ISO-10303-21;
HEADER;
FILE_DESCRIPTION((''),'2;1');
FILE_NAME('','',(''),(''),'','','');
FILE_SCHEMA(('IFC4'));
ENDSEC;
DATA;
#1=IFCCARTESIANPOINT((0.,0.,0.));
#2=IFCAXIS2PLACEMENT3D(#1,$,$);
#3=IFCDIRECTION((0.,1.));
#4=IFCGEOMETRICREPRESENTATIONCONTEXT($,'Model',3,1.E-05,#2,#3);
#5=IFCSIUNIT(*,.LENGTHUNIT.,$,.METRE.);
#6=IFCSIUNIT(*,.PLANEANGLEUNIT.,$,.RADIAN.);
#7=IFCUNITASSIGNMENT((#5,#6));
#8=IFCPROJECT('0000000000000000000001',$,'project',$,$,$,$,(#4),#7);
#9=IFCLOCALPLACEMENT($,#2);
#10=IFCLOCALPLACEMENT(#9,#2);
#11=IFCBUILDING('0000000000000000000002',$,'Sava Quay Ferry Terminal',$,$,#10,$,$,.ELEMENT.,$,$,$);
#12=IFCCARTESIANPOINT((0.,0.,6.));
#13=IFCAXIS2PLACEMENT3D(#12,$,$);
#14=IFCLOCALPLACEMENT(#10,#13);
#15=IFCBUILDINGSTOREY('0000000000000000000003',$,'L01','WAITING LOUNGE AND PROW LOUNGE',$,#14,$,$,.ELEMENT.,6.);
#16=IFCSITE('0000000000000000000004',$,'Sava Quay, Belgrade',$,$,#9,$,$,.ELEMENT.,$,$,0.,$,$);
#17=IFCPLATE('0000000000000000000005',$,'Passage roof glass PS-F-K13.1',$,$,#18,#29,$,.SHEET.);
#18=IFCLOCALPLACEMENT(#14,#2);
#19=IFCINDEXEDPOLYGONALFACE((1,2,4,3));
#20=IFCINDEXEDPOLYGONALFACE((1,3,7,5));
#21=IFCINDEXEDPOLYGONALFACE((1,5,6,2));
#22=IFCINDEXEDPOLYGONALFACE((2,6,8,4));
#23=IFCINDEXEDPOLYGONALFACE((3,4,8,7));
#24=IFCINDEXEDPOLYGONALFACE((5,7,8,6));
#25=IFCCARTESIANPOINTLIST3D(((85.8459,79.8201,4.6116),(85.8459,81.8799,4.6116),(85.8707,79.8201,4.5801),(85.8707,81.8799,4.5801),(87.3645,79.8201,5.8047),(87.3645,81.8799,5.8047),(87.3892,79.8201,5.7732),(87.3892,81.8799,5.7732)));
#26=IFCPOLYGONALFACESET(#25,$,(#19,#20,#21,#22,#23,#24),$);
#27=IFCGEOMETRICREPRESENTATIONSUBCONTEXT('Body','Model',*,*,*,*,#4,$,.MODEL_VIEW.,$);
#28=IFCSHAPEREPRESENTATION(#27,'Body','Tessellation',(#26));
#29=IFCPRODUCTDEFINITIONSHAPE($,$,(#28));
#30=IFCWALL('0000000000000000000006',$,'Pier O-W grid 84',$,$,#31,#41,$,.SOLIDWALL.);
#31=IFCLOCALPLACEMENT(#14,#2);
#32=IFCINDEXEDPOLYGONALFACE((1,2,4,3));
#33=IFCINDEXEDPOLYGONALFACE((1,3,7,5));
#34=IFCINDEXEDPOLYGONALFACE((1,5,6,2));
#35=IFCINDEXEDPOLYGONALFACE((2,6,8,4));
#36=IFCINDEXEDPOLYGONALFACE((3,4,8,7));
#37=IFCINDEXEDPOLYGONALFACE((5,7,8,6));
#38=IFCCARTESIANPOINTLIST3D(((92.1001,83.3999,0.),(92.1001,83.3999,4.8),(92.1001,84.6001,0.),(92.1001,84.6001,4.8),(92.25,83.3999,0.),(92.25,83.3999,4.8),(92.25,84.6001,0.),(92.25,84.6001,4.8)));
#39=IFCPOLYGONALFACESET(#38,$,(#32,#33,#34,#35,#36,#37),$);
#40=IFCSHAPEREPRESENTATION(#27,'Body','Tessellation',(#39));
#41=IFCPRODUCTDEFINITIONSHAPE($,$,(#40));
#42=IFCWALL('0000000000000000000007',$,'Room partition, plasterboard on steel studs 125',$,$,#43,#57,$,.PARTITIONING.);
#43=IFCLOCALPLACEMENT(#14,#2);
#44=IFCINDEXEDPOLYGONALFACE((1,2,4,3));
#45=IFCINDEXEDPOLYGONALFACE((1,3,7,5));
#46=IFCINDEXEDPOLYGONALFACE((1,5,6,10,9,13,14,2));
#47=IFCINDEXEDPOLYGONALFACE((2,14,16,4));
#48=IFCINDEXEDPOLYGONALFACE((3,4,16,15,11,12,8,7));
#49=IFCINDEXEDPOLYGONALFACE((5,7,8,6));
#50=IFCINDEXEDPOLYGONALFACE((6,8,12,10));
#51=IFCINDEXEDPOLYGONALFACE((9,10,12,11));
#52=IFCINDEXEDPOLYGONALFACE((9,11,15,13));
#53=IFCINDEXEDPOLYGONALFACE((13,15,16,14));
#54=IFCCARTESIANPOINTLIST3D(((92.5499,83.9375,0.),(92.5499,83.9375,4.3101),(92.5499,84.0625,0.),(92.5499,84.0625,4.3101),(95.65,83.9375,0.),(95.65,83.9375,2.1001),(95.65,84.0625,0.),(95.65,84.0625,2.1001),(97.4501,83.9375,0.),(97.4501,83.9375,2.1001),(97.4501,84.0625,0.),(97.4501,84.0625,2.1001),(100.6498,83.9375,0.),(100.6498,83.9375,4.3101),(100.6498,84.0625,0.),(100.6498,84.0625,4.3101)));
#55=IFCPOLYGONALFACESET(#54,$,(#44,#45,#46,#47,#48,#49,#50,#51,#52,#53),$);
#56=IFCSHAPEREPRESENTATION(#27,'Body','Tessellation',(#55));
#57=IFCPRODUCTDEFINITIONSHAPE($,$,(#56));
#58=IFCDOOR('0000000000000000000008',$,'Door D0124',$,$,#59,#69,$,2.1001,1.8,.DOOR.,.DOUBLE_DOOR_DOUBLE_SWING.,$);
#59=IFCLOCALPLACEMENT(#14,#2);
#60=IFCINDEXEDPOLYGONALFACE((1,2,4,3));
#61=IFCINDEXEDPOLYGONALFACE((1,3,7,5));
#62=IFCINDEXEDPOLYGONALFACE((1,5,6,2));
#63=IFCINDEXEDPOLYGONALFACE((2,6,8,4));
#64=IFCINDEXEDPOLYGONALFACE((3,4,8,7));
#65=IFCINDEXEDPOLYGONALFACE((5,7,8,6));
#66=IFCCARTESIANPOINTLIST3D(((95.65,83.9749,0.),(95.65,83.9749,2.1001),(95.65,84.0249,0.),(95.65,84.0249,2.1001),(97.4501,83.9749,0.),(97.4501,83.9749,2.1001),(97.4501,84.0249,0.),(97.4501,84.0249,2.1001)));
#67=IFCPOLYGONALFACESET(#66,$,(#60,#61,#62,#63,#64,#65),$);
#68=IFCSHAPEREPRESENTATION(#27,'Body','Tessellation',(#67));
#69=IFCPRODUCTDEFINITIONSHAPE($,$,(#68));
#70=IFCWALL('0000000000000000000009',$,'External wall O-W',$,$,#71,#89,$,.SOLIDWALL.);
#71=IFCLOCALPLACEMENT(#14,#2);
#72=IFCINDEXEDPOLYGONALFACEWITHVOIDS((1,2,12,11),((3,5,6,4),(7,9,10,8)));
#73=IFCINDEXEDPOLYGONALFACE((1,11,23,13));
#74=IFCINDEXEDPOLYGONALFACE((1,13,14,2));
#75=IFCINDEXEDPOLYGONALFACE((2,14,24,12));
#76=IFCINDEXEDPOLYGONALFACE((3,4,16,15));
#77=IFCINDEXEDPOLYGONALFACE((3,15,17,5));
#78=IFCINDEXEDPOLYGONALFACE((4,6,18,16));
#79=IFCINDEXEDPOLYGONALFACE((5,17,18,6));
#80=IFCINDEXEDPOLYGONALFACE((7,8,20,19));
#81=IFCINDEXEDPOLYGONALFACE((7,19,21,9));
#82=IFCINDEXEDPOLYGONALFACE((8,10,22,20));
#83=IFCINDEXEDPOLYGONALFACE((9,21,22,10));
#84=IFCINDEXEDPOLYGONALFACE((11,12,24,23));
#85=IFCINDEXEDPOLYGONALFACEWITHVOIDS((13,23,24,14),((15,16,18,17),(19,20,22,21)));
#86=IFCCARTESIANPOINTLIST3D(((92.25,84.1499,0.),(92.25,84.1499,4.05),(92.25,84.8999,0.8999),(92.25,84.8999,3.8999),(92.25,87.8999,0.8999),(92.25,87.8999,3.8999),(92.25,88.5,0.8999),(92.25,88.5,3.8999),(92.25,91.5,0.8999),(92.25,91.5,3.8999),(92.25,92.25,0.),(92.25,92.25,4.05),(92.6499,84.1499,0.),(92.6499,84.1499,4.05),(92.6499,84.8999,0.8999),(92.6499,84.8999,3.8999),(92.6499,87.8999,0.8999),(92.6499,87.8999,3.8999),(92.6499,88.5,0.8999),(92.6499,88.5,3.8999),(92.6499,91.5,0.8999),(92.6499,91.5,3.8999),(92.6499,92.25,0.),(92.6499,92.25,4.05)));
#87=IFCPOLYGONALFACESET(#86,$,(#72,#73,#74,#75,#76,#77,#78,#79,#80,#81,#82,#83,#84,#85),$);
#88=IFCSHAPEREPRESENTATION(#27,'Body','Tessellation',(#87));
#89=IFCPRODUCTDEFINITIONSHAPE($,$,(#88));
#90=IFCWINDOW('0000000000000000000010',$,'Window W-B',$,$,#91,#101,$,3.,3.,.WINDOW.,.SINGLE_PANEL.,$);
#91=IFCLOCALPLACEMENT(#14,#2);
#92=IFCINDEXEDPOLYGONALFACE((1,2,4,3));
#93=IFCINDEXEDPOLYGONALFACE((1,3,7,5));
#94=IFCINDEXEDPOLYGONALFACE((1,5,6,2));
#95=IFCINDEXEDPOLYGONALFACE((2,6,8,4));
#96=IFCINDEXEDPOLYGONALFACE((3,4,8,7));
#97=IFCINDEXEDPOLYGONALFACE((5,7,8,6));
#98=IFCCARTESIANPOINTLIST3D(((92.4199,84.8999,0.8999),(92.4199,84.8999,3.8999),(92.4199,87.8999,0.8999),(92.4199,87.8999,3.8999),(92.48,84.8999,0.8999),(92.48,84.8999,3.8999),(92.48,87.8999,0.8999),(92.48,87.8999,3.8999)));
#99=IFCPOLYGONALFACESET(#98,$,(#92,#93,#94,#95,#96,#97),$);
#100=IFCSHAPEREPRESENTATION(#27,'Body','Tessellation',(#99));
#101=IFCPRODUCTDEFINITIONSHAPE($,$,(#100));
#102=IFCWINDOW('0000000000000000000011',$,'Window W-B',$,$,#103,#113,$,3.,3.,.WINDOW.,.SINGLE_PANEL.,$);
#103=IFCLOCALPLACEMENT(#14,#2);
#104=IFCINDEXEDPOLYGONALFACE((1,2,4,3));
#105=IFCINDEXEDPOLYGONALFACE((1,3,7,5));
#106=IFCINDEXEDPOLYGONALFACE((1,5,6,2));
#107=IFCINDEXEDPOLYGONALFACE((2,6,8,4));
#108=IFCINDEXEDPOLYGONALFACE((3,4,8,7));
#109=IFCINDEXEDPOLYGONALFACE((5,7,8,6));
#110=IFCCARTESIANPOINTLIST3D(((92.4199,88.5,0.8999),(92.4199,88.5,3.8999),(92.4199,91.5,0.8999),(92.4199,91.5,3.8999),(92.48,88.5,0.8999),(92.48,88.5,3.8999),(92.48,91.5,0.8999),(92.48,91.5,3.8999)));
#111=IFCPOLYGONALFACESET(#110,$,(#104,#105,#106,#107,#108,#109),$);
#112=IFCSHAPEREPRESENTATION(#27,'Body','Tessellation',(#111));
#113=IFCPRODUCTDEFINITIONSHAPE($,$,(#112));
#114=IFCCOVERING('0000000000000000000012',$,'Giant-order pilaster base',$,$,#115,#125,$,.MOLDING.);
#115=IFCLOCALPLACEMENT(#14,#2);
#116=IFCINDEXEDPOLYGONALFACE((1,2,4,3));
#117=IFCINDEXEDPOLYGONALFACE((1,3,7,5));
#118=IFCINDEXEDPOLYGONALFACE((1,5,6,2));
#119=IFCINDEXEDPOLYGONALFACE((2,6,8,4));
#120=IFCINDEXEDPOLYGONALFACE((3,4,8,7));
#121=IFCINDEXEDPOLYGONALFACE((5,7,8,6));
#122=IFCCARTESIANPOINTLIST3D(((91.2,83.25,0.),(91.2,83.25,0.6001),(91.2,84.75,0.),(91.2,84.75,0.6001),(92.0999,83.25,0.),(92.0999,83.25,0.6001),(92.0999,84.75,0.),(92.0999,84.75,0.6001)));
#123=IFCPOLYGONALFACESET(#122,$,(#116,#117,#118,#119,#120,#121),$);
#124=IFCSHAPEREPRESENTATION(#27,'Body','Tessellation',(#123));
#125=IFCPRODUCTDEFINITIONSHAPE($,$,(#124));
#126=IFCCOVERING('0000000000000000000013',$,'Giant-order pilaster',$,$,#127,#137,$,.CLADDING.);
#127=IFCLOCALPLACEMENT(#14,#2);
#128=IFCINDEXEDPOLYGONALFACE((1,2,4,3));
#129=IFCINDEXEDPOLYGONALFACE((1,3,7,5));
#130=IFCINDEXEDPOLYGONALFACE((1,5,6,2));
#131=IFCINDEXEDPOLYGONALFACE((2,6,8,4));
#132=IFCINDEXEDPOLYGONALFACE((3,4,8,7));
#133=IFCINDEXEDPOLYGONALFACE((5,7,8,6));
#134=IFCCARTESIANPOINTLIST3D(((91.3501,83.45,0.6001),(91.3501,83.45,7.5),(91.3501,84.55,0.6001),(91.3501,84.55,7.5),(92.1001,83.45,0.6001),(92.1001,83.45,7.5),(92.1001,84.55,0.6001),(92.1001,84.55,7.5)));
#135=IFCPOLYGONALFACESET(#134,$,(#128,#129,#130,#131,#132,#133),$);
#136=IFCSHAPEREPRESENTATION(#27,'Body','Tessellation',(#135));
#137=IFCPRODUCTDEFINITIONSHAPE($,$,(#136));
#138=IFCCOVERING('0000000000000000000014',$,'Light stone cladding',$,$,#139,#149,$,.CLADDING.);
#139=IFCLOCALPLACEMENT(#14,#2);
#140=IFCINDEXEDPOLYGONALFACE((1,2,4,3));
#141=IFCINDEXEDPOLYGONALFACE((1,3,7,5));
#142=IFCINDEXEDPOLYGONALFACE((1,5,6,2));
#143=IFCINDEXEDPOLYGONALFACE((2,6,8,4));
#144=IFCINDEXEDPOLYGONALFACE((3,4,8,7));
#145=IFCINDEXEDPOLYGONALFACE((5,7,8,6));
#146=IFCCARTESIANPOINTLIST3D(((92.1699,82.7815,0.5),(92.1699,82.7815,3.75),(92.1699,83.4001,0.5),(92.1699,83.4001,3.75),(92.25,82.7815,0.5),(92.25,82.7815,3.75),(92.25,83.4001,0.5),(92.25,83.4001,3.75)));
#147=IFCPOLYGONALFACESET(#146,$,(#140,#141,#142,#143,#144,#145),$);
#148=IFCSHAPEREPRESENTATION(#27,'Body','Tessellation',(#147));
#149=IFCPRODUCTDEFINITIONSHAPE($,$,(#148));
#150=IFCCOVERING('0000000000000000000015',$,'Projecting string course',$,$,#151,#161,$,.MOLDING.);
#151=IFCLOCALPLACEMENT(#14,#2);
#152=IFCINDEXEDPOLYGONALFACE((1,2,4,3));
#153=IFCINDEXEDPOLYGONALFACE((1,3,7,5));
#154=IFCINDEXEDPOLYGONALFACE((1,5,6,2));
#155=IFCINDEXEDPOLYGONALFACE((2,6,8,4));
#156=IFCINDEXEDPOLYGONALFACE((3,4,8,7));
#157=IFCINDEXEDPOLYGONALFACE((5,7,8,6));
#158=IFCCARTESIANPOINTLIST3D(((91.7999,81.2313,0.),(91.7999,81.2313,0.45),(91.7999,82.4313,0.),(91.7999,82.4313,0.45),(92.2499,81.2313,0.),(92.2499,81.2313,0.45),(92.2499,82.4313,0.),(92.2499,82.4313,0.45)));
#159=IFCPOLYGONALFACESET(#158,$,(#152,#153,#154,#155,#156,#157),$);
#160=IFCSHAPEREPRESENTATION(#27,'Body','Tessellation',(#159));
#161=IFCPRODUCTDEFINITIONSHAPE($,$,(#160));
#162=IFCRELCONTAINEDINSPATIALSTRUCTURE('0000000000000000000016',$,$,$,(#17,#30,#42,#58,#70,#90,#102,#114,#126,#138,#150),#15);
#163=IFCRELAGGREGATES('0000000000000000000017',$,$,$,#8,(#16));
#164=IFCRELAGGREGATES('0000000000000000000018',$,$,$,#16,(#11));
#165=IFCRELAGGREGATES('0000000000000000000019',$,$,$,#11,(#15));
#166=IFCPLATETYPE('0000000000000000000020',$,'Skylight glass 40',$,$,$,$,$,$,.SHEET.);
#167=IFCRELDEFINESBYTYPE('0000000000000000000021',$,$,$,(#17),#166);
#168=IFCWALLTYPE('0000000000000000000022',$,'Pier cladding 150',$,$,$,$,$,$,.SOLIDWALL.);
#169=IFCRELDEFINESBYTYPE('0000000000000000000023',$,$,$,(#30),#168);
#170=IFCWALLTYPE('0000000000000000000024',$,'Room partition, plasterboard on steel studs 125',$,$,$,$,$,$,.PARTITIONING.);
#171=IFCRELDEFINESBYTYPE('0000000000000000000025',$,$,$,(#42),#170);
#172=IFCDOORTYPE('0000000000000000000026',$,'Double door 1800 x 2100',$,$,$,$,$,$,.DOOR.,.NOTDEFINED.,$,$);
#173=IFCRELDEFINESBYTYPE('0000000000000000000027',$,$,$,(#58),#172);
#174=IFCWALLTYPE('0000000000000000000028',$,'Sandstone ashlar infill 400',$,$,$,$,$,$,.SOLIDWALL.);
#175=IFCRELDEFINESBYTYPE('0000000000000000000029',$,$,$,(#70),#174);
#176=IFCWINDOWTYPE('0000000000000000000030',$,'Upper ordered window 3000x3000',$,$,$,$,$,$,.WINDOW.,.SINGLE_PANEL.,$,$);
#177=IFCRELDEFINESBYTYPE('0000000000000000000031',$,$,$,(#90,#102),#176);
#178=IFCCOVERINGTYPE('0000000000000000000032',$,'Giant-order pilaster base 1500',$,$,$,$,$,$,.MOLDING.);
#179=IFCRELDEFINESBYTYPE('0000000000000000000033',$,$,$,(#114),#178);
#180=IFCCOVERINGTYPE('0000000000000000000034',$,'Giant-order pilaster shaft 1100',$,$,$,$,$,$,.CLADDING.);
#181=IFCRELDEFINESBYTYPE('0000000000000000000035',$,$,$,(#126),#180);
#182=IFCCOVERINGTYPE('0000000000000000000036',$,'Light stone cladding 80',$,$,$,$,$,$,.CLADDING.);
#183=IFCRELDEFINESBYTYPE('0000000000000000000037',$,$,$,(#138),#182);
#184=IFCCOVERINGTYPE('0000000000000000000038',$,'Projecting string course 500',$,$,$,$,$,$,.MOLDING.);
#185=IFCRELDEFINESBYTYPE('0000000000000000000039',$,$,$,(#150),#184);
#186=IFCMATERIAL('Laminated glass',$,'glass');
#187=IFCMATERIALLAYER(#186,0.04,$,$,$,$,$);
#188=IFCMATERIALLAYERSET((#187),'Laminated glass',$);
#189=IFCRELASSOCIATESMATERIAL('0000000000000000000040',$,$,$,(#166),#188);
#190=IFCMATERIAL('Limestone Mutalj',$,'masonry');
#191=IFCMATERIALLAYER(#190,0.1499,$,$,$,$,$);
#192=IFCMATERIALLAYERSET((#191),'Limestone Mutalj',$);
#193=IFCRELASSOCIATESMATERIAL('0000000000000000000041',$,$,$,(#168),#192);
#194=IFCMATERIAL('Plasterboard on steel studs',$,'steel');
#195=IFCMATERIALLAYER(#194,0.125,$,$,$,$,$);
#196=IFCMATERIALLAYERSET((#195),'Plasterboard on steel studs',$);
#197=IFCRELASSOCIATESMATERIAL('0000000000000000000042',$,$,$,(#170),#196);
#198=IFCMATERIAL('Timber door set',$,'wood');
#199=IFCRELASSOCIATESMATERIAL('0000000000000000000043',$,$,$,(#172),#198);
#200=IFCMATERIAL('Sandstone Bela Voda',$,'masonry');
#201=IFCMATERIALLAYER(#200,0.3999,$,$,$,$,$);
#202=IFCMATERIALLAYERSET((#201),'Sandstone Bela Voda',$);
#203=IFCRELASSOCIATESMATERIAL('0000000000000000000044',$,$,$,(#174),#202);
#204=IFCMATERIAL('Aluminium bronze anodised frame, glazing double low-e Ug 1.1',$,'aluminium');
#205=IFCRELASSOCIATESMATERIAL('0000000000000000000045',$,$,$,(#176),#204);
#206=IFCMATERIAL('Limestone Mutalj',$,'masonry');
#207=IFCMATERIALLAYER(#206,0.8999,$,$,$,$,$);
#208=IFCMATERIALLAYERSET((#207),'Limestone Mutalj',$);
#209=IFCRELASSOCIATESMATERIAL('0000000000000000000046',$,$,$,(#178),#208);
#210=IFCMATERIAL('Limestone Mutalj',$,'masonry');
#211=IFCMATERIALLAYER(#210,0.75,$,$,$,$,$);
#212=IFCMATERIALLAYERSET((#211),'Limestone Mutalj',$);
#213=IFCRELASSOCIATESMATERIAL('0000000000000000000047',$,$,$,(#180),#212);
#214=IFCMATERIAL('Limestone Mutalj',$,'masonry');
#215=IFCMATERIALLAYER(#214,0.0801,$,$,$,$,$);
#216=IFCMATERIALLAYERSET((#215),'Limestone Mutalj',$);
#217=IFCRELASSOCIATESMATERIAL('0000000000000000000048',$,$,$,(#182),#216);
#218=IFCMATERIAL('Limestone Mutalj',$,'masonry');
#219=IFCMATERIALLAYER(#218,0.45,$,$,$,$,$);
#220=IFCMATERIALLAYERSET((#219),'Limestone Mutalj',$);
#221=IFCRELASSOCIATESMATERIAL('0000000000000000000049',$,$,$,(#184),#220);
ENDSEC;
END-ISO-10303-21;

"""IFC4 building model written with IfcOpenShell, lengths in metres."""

from ifc_helpers import new_model, si_unit, direction, frame, frame_2d, origin, origin_2d, place, context, subcontext, project, spatial, polyline, rectangle, outline, extrude, material, layer, layer_set, type_object, element, fill, save


model = new_model("IFC4")

# Units and contexts
model_context = context("Model", 3, precision=1e-05, world=origin(), true_north=direction((0.0, 1.0)))
body_context = subcontext(model_context, "Body", "Model", "MODEL_VIEW")
ifc_project = project(units=[si_unit("LENGTHUNIT", "METRE"), si_unit("PLANEANGLEUNIT", "RADIAN")], contexts=[model_context])

# Site, building, storey
site_placement = place(None, origin())
site = spatial("IfcSite", under=ifc_project, at=site_placement, Name="Sava Quay, Belgrade", CompositionType="ELEMENT", RefElevation=0.0)
building_placement = place(site_placement, origin())
building = spatial("IfcBuilding", under=site, at=building_placement, Name="Sava Quay Ferry Terminal", CompositionType="ELEMENT")
storey_placement = place(building_placement, frame((0.0, 0.0, 6.0)))
storey = spatial("IfcBuildingStorey", under=building, at=storey_placement, Name="L01", Description="WAITING LOUNGE AND PROW LOUNGE", CompositionType="ELEMENT", Elevation=6.0)

# Plate
ifc_material_1 = material(Name="Laminated glass", Category="glass")
ifc_layer_1 = layer(ifc_material_1, 0.04)
ifc_layer_set_1 = layer_set([ifc_layer_1], Name="Laminated glass")
plate_type = type_object("IfcPlateType", Name="Skylight glass 40", PredefinedType="SHEET", material=ifc_layer_set_1)
plate_1_placement = place(storey_placement, frame((85.8459, 81.8799, 4.6116), z_axis=(-0.61781, 0.0, 0.786327), x_axis=(0.786327, 0.0, 0.61781)))
element("IfcPlate", 1, at=plate_1_placement, inside=storey, type_object=plate_type, Name="Passage roof glass PS-F-K13.1", PredefinedType="SHEET", context=body_context, shape_type="SweptSolid", body=[
    extrude(outline(polyline([(0.0, 0.0), (1.9312, 0.0), (1.9312, -2.0598), (0.0, -2.0598), (0.0, 0.0)])), origin(), (0.0, 0.0, -1.0), 0.04),
])

# Wall
ifc_material_2 = material(Name="Limestone Mutalj", Category="masonry")
ifc_layer_2 = layer(ifc_material_2, 0.1499)
ifc_layer_set_2 = layer_set([ifc_layer_2], Name="Limestone Mutalj")
wall_type_1 = type_object("IfcWallType", Name="Pier cladding 150", PredefinedType="SOLIDWALL", material=ifc_layer_set_2)
wall_1_placement = place(storey_placement, frame((92.175, 83.3999, 0.0), z_axis=(0.0, 0.0, 1.0), x_axis=(0.0, 1.0, 0.0)))
element("IfcWall", 2, at=wall_1_placement, inside=storey, type_object=wall_type_1, Name="Pier O-W grid 84", PredefinedType="SOLIDWALL", context=body_context, shape_type="SweptSolid", body=[
    extrude(rectangle(XDim=1.2002, YDim=0.1499, at=frame_2d((0.6001, 0.0))), origin(), (0.0, 0.0, 1.0), 4.8),
])

# Wall, opening, door
ifc_material_3 = material(Name="Plasterboard on steel studs", Category="steel")
ifc_layer_3 = layer(ifc_material_3, 0.125)
ifc_layer_set_3 = layer_set([ifc_layer_3], Name="Plasterboard on steel studs")
wall_type_2 = type_object("IfcWallType", Name="Room partition, plasterboard on steel studs 125", PredefinedType="PARTITIONING", material=ifc_layer_set_3)
wall_2_placement = place(storey_placement, frame((92.55, 84.0, 0.0), z_axis=(0.0, 0.0, 1.0), x_axis=(1.0, 0.0, 0.0)))
wall_2 = element("IfcWall", 3, at=wall_2_placement, inside=storey, type_object=wall_type_2, Name="Room partition, plasterboard on steel studs 125", PredefinedType="PARTITIONING", context=body_context, shape_type="SweptSolid", body=[
    extrude(rectangle(XDim=8.0999, YDim=0.125, at=frame_2d((4.0498, 0.0))), origin(), (0.0, 0.0, 1.0), 4.3101),
])
opening_1_placement = place(wall_2_placement, frame((3.1001, 0.0, 0.0)))
opening_1 = element("IfcOpeningElement", 4, at=opening_1_placement, cuts=wall_2, PredefinedType="OPENING", context=body_context, shape_type="SweptSolid", body=[
    extrude(rectangle(XDim=1.8, YDim=2.1001, at=frame_2d((0.8999, 1.05))), frame((0.0, 0.0625, 0.0), z_axis=(0.0, -1.0, 0.0), x_axis=(1.0, 0.0, 0.0)), (0.0, 0.0, 1.0), 0.125),
])
ifc_material_4 = material(Name="Timber door set", Category="wood")
door_type = type_object("IfcDoorType", Name="Double door 1800 x 2100", OperationType="NOTDEFINED", PredefinedType="DOOR", material=ifc_material_4)
door_placement = place(opening_1_placement, origin())
door = element("IfcDoor", 5, at=door_placement, inside=storey, type_object=door_type, Name="Door D0124", OperationType="DOUBLE_DOOR_DOUBLE_SWING", OverallHeight=2.1001, OverallWidth=1.8, PredefinedType="DOOR", context=body_context, shape_type="SweptSolid", body=[
    extrude(rectangle(XDim=1.8, YDim=2.1001, at=frame_2d((0.8999, 1.05))), frame((0.0, 0.0249, 0.0), z_axis=(0.0, -1.0, 0.0), x_axis=(1.0, 0.0, 0.0)), (0.0, 0.0, 1.0), 0.05),
])
fill(opening_1, door)

# Wall, openings, windows
ifc_material_5 = material(Name="Sandstone Bela Voda", Category="masonry")
ifc_layer_4 = layer(ifc_material_5, 0.3999)
ifc_layer_set_4 = layer_set([ifc_layer_4], Name="Sandstone Bela Voda")
wall_type_3 = type_object("IfcWallType", Name="Sandstone ashlar infill 400", PredefinedType="SOLIDWALL", material=ifc_layer_set_4)
wall_3_placement = place(storey_placement, frame((92.45, 84.1499, 0.0), z_axis=(0.0, 0.0, 1.0), x_axis=(0.0, 1.0, 0.0)))
wall_3 = element("IfcWall", 6, at=wall_3_placement, inside=storey, type_object=wall_type_3, Name="External wall O-W", PredefinedType="SOLIDWALL", context=body_context, shape_type="SweptSolid", body=[
    extrude(rectangle(XDim=8.1001, YDim=0.3999, at=frame_2d((4.05, 0.0))), origin(), (0.0, 0.0, 1.0), 4.05),
])
opening_2_placement = place(wall_3_placement, frame((0.75, 0.0, 0.8999)))
opening_2 = element("IfcOpeningElement", 7, at=opening_2_placement, cuts=wall_3, PredefinedType="OPENING", context=body_context, shape_type="SweptSolid", body=[
    extrude(rectangle(XDim=3.0, YDim=3.0, at=frame_2d((1.5, 1.5))), frame((0.0, 0.2, 0.0), z_axis=(0.0, -1.0, 0.0), x_axis=(1.0, 0.0, 0.0)), (0.0, 0.0, 1.0), 0.3999),
])
opening_3_placement = place(wall_3_placement, frame((4.3501, 0.0, 0.8999)))
opening_3 = element("IfcOpeningElement", 8, at=opening_3_placement, cuts=wall_3, PredefinedType="OPENING", context=body_context, shape_type="SweptSolid", body=[
    extrude(rectangle(XDim=3.0, YDim=3.0, at=frame_2d((1.5, 1.5))), frame((0.0, 0.2, 0.0), z_axis=(0.0, -1.0, 0.0), x_axis=(1.0, 0.0, 0.0)), (0.0, 0.0, 1.0), 0.3999),
])
ifc_material_6 = material(Name="Aluminium bronze anodised frame, glazing double low-e Ug 1.1", Category="aluminium")
window_type = type_object("IfcWindowType", Name="Upper ordered window 3000x3000", PartitioningType="SINGLE_PANEL", PredefinedType="WINDOW", material=ifc_material_6)
window_1_placement = place(opening_2_placement, origin())
window_1 = element("IfcWindow", 9, at=window_1_placement, inside=storey, type_object=window_type, Name="Window W-B", OverallHeight=3.0, OverallWidth=3.0, PartitioningType="SINGLE_PANEL", PredefinedType="WINDOW", context=body_context, shape_type="SweptSolid", body=[
    extrude(rectangle(XDim=3.0, YDim=3.0, at=frame_2d((1.5, 1.5))), frame((0.0, 0.03, 0.0), z_axis=(0.0, -1.0, 0.0), x_axis=(1.0, 0.0, 0.0)), (0.0, 0.0, 1.0), 0.0601),
])
fill(opening_2, window_1)
window_2_placement = place(opening_3_placement, origin())
window_2 = element("IfcWindow", 10, at=window_2_placement, inside=storey, type_object=window_type, Name="Window W-B", OverallHeight=3.0, OverallWidth=3.0, PartitioningType="SINGLE_PANEL", PredefinedType="WINDOW", context=body_context, shape_type="SweptSolid", body=[
    extrude(rectangle(XDim=3.0, YDim=3.0, at=frame_2d((1.5, 1.5))), frame((0.0, 0.03, 0.0), z_axis=(0.0, -1.0, 0.0), x_axis=(1.0, 0.0, 0.0)), (0.0, 0.0, 1.0), 0.0601),
])
fill(opening_3, window_2)

# Coverings
ifc_material_7 = material(Name="Limestone Mutalj", Category="masonry")
ifc_layer_5 = layer(ifc_material_7, 0.8999)
ifc_layer_set_5 = layer_set([ifc_layer_5], Name="Limestone Mutalj")
covering_type_1 = type_object("IfcCoveringType", Name="Giant-order pilaster base 1500", PredefinedType="MOLDING", material=ifc_layer_set_5)
covering_1_placement = place(storey_placement, frame((91.6499, 84.0, 0.0), z_axis=(0.0, 0.0, 1.0), x_axis=(1.0, 0.0, 0.0)))
element("IfcCovering", 11, at=covering_1_placement, inside=storey, type_object=covering_type_1, Name="Giant-order pilaster base", PredefinedType="MOLDING", context=body_context, shape_type="SweptSolid", body=[
    extrude(rectangle(XDim=0.8999, YDim=1.5, at=origin_2d()), origin(), (0.0, 0.0, 1.0), 0.6001),
])
ifc_material_8 = material(Name="Limestone Mutalj", Category="masonry")
ifc_layer_6 = layer(ifc_material_8, 0.75)
ifc_layer_set_6 = layer_set([ifc_layer_6], Name="Limestone Mutalj")
covering_type_2 = type_object("IfcCoveringType", Name="Giant-order pilaster shaft 1100", PredefinedType="CLADDING", material=ifc_layer_set_6)
covering_2_placement = place(storey_placement, frame((91.7251, 84.0, 0.6001), z_axis=(0.0, 0.0, 1.0), x_axis=(1.0, 0.0, 0.0)))
element("IfcCovering", 12, at=covering_2_placement, inside=storey, type_object=covering_type_2, Name="Giant-order pilaster", PredefinedType="CLADDING", context=body_context, shape_type="SweptSolid", body=[
    extrude(rectangle(XDim=0.75, YDim=1.1001, at=origin_2d()), origin(), (0.0, 0.0, 1.0), 6.8999),
])
ifc_material_9 = material(Name="Limestone Mutalj", Category="masonry")
ifc_layer_7 = layer(ifc_material_9, 0.0801)
ifc_layer_set_7 = layer_set([ifc_layer_7], Name="Limestone Mutalj")
covering_type_3 = type_object("IfcCoveringType", Name="Light stone cladding 80", PredefinedType="CLADDING", material=ifc_layer_set_7)
covering_3_placement = place(storey_placement, frame((92.21, 83.0908, 0.5), z_axis=(0.0, 0.0, 1.0), x_axis=(1.0, 0.0, 0.0)))
element("IfcCovering", 13, at=covering_3_placement, inside=storey, type_object=covering_type_3, Name="Light stone cladding", PredefinedType="CLADDING", context=body_context, shape_type="SweptSolid", body=[
    extrude(rectangle(XDim=0.0801, YDim=0.6187, at=origin_2d()), origin(), (0.0, 0.0, 1.0), 3.25),
])
ifc_material_10 = material(Name="Limestone Mutalj", Category="masonry")
ifc_layer_8 = layer(ifc_material_10, 0.45)
ifc_layer_set_8 = layer_set([ifc_layer_8], Name="Limestone Mutalj")
covering_type_4 = type_object("IfcCoveringType", Name="Projecting string course 500", PredefinedType="MOLDING", material=ifc_layer_set_8)
covering_4_placement = place(storey_placement, frame((92.0249, 81.8313, 0.0), z_axis=(0.0, 0.0, 1.0), x_axis=(1.0, 0.0, 0.0)))
element("IfcCovering", 14, at=covering_4_placement, inside=storey, type_object=covering_type_4, Name="Projecting string course", PredefinedType="MOLDING", context=body_context, shape_type="SweptSolid", body=[
    extrude(rectangle(XDim=0.45, YDim=1.2, at=origin_2d()), origin(), (0.0, 0.0, 1.0), 0.45),
])

save(model, "model.ifc")
